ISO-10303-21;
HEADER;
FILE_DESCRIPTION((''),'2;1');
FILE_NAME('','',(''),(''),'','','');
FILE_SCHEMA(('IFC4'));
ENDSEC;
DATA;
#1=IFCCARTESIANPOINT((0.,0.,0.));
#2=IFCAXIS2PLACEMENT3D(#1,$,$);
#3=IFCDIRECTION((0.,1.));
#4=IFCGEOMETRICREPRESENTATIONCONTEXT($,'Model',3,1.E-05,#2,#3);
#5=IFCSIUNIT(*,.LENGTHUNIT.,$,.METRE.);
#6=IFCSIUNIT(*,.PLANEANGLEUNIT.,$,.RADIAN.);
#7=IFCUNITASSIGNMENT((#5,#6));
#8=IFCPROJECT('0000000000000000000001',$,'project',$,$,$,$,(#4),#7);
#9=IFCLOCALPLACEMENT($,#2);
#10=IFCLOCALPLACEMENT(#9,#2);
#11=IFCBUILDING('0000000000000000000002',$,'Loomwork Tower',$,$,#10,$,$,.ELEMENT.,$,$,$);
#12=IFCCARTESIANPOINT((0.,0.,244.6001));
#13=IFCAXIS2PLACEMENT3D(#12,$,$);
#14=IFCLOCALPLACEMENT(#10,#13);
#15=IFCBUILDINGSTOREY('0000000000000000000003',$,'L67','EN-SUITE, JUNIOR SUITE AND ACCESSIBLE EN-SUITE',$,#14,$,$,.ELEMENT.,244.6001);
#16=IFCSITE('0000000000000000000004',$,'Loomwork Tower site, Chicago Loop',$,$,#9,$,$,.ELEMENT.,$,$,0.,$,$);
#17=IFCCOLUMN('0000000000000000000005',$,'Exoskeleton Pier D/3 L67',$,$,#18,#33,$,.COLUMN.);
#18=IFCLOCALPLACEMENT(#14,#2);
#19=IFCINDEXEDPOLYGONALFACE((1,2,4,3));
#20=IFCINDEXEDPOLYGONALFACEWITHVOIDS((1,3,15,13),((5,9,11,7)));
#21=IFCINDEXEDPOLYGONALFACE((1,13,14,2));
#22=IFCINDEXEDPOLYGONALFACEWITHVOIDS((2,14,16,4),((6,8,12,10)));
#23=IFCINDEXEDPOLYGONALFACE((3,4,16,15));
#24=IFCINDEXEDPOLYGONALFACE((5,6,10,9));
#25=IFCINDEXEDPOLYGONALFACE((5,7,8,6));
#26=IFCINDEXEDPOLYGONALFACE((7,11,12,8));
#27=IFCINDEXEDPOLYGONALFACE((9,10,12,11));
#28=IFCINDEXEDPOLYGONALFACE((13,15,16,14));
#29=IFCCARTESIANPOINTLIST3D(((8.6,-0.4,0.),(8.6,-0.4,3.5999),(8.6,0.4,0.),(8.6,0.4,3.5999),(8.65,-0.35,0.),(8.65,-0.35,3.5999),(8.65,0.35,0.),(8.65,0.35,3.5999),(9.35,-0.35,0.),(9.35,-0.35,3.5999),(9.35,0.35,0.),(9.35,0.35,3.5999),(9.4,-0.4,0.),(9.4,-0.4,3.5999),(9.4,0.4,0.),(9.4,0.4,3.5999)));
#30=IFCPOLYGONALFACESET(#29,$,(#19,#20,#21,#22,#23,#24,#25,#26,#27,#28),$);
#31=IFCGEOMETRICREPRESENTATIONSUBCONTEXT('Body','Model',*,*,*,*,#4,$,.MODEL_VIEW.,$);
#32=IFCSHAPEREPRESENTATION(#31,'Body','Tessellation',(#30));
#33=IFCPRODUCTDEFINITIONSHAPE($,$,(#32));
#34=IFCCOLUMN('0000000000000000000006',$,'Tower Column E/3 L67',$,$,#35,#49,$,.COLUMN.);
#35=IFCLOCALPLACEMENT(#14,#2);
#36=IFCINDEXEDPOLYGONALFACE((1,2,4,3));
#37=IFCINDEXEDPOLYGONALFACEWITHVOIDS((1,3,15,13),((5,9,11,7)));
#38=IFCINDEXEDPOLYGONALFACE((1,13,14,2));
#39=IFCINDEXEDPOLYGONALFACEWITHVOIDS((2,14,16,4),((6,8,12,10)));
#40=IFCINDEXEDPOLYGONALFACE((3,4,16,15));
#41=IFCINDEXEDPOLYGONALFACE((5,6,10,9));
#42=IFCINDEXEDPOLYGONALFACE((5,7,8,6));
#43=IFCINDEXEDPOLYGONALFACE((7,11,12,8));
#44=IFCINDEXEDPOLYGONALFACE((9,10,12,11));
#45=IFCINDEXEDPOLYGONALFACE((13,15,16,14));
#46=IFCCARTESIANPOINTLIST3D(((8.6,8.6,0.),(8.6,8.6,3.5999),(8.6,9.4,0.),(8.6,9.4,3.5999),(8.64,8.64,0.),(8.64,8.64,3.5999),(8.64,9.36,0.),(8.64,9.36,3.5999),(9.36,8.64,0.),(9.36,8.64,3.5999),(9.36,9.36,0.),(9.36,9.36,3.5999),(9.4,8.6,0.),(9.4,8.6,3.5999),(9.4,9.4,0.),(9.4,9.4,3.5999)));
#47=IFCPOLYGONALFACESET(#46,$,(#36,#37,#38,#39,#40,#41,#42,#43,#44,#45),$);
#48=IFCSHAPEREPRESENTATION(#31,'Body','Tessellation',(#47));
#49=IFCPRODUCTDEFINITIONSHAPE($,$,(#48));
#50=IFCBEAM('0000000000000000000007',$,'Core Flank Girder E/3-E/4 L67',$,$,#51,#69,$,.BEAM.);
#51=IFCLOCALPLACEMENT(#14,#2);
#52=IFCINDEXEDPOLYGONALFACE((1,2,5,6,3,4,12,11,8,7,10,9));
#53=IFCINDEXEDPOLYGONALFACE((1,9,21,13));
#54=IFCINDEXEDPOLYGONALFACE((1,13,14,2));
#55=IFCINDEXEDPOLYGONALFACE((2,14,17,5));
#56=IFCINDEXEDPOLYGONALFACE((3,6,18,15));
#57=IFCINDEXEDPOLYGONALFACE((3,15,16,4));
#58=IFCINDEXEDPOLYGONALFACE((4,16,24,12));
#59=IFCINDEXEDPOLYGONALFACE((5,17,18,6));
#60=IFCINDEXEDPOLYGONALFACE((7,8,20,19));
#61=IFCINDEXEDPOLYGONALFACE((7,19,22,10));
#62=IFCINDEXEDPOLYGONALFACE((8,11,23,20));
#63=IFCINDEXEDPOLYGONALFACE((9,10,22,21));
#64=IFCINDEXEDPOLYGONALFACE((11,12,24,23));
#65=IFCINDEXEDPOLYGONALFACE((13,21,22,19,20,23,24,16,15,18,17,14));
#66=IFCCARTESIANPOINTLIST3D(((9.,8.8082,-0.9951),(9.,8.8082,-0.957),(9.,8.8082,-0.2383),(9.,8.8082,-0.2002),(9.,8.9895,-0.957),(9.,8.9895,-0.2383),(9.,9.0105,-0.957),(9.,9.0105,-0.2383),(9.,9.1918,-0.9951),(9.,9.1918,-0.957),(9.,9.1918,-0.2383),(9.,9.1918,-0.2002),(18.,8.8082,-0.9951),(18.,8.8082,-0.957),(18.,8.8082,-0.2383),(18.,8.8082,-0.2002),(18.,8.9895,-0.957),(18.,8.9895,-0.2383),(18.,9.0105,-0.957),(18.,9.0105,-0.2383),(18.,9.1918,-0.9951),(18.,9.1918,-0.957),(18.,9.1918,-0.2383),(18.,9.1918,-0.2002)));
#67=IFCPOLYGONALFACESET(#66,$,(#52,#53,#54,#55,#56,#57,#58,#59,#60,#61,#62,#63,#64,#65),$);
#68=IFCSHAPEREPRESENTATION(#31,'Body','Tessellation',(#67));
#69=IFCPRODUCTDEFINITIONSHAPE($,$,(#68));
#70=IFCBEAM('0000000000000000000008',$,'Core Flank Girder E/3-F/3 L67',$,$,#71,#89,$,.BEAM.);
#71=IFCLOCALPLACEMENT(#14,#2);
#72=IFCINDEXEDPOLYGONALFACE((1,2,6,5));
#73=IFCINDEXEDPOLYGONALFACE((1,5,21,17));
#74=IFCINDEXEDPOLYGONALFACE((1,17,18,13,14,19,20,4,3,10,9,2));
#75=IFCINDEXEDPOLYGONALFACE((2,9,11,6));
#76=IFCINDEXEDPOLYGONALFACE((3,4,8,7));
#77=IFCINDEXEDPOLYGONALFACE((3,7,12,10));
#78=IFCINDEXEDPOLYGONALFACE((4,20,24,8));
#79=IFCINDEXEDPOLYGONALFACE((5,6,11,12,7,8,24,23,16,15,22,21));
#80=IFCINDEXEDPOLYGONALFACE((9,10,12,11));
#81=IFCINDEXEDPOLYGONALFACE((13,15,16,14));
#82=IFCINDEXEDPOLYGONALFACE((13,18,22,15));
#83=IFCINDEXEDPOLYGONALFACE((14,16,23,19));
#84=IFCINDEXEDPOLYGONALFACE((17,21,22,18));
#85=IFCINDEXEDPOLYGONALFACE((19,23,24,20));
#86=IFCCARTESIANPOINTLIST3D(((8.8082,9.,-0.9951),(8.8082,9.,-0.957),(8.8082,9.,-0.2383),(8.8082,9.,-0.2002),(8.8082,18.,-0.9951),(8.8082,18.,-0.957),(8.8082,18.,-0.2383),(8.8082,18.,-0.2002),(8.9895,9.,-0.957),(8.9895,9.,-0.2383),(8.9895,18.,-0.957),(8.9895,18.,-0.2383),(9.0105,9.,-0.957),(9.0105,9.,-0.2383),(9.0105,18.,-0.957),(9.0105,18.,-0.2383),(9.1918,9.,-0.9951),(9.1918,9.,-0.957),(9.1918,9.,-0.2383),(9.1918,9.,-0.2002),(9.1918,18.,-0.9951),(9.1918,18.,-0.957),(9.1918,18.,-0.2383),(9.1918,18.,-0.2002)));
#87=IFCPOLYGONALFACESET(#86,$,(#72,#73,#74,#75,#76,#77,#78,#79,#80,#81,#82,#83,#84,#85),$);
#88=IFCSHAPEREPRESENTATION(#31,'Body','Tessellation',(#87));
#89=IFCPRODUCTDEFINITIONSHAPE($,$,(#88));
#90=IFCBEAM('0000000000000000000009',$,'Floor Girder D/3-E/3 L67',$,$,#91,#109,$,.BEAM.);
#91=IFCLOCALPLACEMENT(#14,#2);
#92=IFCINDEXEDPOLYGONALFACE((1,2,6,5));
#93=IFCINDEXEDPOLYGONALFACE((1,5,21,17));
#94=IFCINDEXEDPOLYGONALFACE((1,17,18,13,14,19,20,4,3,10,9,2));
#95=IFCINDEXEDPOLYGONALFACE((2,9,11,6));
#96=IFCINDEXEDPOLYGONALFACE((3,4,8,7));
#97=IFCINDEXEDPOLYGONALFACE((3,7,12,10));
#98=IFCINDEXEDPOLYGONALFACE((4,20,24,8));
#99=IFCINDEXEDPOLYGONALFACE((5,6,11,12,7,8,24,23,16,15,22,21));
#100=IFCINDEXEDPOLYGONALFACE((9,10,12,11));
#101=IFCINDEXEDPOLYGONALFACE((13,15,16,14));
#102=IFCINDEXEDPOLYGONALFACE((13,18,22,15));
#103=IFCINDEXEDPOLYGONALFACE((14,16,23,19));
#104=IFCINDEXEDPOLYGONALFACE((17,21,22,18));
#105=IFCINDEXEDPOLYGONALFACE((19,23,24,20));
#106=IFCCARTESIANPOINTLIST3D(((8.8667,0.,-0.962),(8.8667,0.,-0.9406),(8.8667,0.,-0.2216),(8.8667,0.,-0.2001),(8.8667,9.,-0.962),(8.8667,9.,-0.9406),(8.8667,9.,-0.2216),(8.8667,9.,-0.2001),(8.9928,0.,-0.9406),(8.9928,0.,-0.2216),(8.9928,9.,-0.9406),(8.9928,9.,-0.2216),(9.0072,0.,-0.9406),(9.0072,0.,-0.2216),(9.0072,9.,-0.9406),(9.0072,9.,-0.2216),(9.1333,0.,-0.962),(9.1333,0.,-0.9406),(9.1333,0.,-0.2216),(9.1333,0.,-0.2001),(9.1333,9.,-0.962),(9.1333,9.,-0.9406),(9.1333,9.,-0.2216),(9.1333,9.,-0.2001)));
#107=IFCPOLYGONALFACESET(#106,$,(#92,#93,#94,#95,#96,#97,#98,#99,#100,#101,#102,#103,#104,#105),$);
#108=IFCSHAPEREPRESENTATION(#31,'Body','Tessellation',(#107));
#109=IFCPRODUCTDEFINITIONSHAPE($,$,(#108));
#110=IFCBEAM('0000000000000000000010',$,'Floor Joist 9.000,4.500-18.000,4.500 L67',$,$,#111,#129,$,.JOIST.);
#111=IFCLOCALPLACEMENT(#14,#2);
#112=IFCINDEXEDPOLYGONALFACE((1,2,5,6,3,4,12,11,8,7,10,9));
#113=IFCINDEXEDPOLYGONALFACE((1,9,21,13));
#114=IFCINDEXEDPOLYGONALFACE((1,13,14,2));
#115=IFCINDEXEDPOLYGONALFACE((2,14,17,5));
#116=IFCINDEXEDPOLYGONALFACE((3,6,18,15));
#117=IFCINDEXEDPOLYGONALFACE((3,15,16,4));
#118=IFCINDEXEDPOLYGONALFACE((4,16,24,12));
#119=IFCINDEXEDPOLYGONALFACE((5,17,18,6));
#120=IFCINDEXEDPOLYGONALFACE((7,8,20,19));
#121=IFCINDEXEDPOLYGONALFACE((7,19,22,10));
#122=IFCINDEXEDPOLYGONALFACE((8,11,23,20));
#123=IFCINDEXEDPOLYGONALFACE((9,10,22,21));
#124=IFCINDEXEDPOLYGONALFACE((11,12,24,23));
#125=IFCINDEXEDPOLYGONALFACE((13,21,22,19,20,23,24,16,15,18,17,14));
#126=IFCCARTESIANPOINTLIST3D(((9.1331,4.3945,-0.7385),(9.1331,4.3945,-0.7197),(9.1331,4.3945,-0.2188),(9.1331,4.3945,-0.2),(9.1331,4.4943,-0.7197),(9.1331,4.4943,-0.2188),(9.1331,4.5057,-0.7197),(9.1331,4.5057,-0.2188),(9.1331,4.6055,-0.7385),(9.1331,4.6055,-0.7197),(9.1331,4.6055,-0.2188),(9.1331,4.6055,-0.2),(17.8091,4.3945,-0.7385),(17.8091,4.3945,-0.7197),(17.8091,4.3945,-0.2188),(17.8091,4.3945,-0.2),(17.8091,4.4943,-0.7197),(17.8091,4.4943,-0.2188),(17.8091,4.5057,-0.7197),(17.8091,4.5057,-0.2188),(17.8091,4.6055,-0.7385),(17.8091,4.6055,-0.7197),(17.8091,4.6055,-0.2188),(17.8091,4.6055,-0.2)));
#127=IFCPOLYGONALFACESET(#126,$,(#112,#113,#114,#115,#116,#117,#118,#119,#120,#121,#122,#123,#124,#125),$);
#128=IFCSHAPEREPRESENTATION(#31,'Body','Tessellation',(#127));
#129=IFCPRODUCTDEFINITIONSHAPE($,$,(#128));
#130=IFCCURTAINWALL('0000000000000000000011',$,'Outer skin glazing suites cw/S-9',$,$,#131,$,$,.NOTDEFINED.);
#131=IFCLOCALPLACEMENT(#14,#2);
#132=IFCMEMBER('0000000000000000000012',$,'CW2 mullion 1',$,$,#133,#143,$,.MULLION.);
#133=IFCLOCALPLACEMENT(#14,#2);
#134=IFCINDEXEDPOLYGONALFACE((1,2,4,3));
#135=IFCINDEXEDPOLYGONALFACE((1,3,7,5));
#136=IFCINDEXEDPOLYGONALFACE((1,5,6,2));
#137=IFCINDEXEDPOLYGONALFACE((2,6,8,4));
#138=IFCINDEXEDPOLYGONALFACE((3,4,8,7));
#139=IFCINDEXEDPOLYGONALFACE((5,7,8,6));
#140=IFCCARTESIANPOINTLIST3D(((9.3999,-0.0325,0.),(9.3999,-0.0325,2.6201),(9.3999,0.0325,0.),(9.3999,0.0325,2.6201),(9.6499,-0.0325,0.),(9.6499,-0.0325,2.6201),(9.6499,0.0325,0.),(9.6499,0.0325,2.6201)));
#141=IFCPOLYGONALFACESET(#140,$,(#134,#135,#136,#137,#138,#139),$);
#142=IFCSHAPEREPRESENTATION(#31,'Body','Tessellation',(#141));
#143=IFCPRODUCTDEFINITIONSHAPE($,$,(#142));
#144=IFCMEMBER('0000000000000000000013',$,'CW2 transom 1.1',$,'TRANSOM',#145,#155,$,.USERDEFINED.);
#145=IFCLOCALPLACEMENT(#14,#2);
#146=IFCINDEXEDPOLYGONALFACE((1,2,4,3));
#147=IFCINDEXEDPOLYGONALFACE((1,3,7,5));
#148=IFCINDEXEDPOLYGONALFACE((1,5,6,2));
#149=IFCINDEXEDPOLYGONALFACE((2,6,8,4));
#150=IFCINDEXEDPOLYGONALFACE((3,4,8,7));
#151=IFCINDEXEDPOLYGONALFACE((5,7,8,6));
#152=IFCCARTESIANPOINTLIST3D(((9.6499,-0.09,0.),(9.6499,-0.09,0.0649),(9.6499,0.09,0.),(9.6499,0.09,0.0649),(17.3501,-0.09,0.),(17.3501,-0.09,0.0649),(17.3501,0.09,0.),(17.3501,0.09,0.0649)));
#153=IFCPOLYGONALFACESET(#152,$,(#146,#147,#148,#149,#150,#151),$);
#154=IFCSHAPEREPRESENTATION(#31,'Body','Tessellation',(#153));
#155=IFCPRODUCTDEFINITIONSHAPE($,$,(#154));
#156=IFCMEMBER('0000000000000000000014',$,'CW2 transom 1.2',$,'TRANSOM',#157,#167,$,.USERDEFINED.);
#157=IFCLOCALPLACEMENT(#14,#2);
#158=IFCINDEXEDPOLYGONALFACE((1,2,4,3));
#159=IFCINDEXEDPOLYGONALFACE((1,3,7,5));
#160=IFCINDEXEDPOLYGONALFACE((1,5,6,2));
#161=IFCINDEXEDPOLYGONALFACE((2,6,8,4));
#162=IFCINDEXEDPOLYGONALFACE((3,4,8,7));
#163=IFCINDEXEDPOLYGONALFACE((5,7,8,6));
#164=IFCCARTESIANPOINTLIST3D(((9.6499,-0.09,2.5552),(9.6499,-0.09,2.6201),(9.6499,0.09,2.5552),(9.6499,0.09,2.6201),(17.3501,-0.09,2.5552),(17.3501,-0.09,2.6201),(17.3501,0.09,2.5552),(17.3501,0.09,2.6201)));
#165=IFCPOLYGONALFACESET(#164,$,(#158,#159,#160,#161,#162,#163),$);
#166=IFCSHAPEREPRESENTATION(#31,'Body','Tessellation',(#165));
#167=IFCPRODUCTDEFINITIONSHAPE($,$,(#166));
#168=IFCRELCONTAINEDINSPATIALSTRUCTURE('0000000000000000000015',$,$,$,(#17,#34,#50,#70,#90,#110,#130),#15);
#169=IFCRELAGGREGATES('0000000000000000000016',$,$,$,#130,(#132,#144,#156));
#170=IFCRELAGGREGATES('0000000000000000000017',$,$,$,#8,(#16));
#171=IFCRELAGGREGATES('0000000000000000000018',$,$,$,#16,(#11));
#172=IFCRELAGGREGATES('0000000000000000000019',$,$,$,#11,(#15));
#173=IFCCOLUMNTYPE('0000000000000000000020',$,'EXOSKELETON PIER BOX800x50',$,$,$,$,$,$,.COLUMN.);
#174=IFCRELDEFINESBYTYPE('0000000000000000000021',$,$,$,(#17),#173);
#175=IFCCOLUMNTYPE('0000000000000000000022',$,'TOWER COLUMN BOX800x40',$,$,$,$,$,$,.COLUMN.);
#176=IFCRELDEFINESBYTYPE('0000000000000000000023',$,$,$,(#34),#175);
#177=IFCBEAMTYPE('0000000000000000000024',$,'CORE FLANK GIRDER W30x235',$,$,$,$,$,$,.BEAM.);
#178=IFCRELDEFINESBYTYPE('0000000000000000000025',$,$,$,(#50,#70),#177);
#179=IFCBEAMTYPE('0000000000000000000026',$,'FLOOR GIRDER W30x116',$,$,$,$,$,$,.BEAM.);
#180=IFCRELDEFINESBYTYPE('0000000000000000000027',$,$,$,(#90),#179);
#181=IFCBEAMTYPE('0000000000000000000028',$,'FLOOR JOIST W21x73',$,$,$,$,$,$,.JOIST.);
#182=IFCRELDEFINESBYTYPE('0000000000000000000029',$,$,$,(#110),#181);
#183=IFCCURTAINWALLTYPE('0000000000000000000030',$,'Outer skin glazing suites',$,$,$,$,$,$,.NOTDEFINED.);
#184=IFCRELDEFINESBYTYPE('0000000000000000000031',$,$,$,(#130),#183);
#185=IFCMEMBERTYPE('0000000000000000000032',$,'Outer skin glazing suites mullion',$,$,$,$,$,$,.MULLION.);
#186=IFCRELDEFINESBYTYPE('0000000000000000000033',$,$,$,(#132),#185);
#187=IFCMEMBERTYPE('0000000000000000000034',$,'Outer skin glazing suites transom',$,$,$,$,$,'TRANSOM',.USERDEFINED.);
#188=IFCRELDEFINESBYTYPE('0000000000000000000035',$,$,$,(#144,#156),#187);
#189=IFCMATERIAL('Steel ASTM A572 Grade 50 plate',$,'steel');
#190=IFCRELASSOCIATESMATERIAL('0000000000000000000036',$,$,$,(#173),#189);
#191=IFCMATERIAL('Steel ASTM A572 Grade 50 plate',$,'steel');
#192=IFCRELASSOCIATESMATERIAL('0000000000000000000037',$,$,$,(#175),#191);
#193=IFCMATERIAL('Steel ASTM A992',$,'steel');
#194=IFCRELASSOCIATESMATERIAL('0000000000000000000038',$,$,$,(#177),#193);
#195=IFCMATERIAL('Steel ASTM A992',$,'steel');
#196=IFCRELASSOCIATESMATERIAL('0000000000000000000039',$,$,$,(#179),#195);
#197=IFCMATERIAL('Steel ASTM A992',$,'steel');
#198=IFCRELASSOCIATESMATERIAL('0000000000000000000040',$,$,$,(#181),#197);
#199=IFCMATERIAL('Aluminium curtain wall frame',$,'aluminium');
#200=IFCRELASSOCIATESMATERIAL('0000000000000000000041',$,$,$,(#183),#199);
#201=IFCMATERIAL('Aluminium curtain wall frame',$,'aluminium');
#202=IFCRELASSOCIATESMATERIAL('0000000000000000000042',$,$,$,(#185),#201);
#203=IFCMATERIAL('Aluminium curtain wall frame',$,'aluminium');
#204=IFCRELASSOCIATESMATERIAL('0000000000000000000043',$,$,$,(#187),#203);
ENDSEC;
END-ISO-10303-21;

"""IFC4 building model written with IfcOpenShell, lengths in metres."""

from ifc_helpers import new_model, si_unit, direction, frame, origin, origin_2d, place, context, subcontext, project, spatial, rectangle, hollow_rectangle, i_section, extrude, material, material_profile, profile_set, type_object, element, aggregate, save


model = new_model("IFC4")

# Units and contexts
model_context = context("Model", 3, precision=1e-05, world=origin(), true_north=direction((0.0, 1.0)))
body_context = subcontext(model_context, "Body", "Model", "MODEL_VIEW")
ifc_project = project(units=[si_unit("LENGTHUNIT", "METRE"), si_unit("PLANEANGLEUNIT", "RADIAN")], contexts=[model_context])

# Site, building, storey
site_placement = place(None, origin())
site = spatial("IfcSite", under=ifc_project, at=site_placement, Name="Loomwork Tower site, Chicago Loop", CompositionType="ELEMENT", RefElevation=0.0)
building_placement = place(site_placement, origin())
building = spatial("IfcBuilding", under=site, at=building_placement, Name="Loomwork Tower", CompositionType="ELEMENT")
storey_placement = place(building_placement, frame((0.0, 0.0, 244.6001)))
storey = spatial("IfcBuildingStorey", under=building, at=storey_placement, Name="L67", Description="EN-SUITE, JUNIOR SUITE AND ACCESSIBLE EN-SUITE", CompositionType="ELEMENT", Elevation=244.6001)

# Columns
ifc_material_1 = material(Name="Steel ASTM A572 Grade 50 plate", Category="steel")
ifc_material_profile_1 = material_profile(ifc_material_1, hollow_rectangle(XDim=0.8, YDim=0.8, WallThickness=0.05, at=origin_2d()), Name="BOX800x50")
ifc_profile_set_1 = profile_set([ifc_material_profile_1], Name="Steel ASTM A572 Grade 50 plate")
column_type_1 = type_object("IfcColumnType", Name="EXOSKELETON PIER BOX800x50", PredefinedType="COLUMN", material=ifc_profile_set_1)
column_1_placement = place(storey_placement, frame((9.0, 0.0, 0.0), z_axis=(0.0, 0.0, 1.0), x_axis=(1.0, 0.0, 0.0)))
element("IfcColumn", 1, at=column_1_placement, inside=storey, type_object=column_type_1, Name="Exoskeleton Pier D/3 L67", PredefinedType="COLUMN", context=body_context, shape_type="SweptSolid", body=[
    extrude(hollow_rectangle(XDim=0.8, YDim=0.8, WallThickness=0.05, at=origin_2d()), origin(), (0.0, 0.0, 1.0), 3.5999),
])
ifc_material_2 = material(Name="Steel ASTM A572 Grade 50 plate", Category="steel")
ifc_material_profile_2 = material_profile(ifc_material_2, hollow_rectangle(XDim=0.8, YDim=0.8, WallThickness=0.04, at=origin_2d()), Name="BOX800x40")
ifc_profile_set_2 = profile_set([ifc_material_profile_2], Name="Steel ASTM A572 Grade 50 plate")
column_type_2 = type_object("IfcColumnType", Name="TOWER COLUMN BOX800x40", PredefinedType="COLUMN", material=ifc_profile_set_2)
column_2_placement = place(storey_placement, frame((9.0, 9.0, 0.0), z_axis=(0.0, 0.0, 1.0), x_axis=(1.0, 0.0, 0.0)))
element("IfcColumn", 2, at=column_2_placement, inside=storey, type_object=column_type_2, Name="Tower Column E/3 L67", PredefinedType="COLUMN", context=body_context, shape_type="SweptSolid", body=[
    extrude(hollow_rectangle(XDim=0.8, YDim=0.8, WallThickness=0.04, at=origin_2d()), origin(), (0.0, 0.0, 1.0), 3.5999),
])

# Beams
ifc_material_3 = material(Name="Steel ASTM A992", Category="steel")
ifc_material_profile_3 = material_profile(ifc_material_3, i_section(OverallWidth=0.3835, OverallDepth=0.7949, WebThickness=0.021, FlangeThickness=0.0381, at=origin_2d()), Name="W30x235")
ifc_profile_set_3 = profile_set([ifc_material_profile_3], Name="Steel ASTM A992")
beam_type_1 = type_object("IfcBeamType", Name="CORE FLANK GIRDER W30x235", PredefinedType="BEAM", material=ifc_profile_set_3)
for number, where, z_axis, x_axis, name in (
    (3, (9.0, 9.0, -0.5977), (1.0, 0.0, 0.0), (0.0, 1.0, 0.0), "Core Flank Girder E/3-E/4 L67"),
    (4, (9.0, 9.0, -0.5977), (0.0, 1.0, 0.0), (-1.0, 0.0, 0.0), "Core Flank Girder E/3-F/3 L67"),
):
    element("IfcBeam", number, at=place(storey_placement, frame(where, z_axis=z_axis, x_axis=x_axis)), inside=storey, type_object=beam_type_1, Name=name, PredefinedType="BEAM", context=body_context, shape_type="SweptSolid", body=[
        extrude(i_section(OverallWidth=0.3835, OverallDepth=0.7949, WebThickness=0.021, FlangeThickness=0.0381, at=origin_2d()), origin(), (0.0, 0.0, 1.0), 9.0),
    ])
ifc_material_4 = material(Name="Steel ASTM A992", Category="steel")
ifc_material_profile_4 = material_profile(ifc_material_4, i_section(OverallWidth=0.2666, OverallDepth=0.762, WebThickness=0.0144, FlangeThickness=0.0215, at=origin_2d()), Name="W30x116")
ifc_profile_set_4 = profile_set([ifc_material_profile_4], Name="Steel ASTM A992")
beam_type_2 = type_object("IfcBeamType", Name="FLOOR GIRDER W30x116", PredefinedType="BEAM", material=ifc_profile_set_4)
beam_1_placement = place(storey_placement, frame((9.0, 0.0, -0.5811), z_axis=(0.0, 1.0, 0.0), x_axis=(-1.0, 0.0, 0.0)))
element("IfcBeam", 5, at=beam_1_placement, inside=storey, type_object=beam_type_2, Name="Floor Girder D/3-E/3 L67", PredefinedType="BEAM", context=body_context, shape_type="SweptSolid", body=[
    extrude(i_section(OverallWidth=0.2666, OverallDepth=0.762, WebThickness=0.0144, FlangeThickness=0.0215, at=origin_2d()), origin(), (0.0, 0.0, 1.0), 9.0),
])
ifc_material_5 = material(Name="Steel ASTM A992", Category="steel")
ifc_material_profile_5 = material_profile(ifc_material_5, i_section(OverallWidth=0.2109, OverallDepth=0.5386, WebThickness=0.0115, FlangeThickness=0.0188, at=origin_2d()), Name="W21x73")
ifc_profile_set_5 = profile_set([ifc_material_profile_5], Name="Steel ASTM A992")
beam_type_3 = type_object("IfcBeamType", Name="FLOOR JOIST W21x73", PredefinedType="JOIST", material=ifc_profile_set_5)
beam_2_placement = place(storey_placement, frame((9.1331, 4.5, -0.4692), z_axis=(1.0, 0.0, 0.0), x_axis=(0.0, 1.0, 0.0)))
element("IfcBeam", 6, at=beam_2_placement, inside=storey, type_object=beam_type_3, Name="Floor Joist 9.000,4.500-18.000,4.500 L67", PredefinedType="JOIST", context=body_context, shape_type="SweptSolid", body=[
    extrude(i_section(OverallWidth=0.2109, OverallDepth=0.5386, WebThickness=0.0115, FlangeThickness=0.0188, at=origin_2d()), origin(), (0.0, 0.0, 1.0), 8.676),
])

# Curtain wall, members
ifc_material_6 = material(Name="Aluminium curtain wall frame", Category="aluminium")
curtain_wall_type = type_object("IfcCurtainWallType", Name="Outer skin glazing suites", PredefinedType="NOTDEFINED", material=ifc_material_6)
curtain_wall_placement = place(storey_placement, origin())
curtain_wall = element("IfcCurtainWall", 7, at=curtain_wall_placement, inside=storey, type_object=curtain_wall_type, Name="Outer skin glazing suites cw/S-9", PredefinedType="NOTDEFINED")
ifc_material_7 = material(Name="Aluminium curtain wall frame", Category="aluminium")
ifc_material_profile_6 = material_profile(ifc_material_7, rectangle(XDim=0.0649, YDim=0.25, at=origin_2d()), Name="AL 65x250")
ifc_profile_set_6 = profile_set([ifc_material_profile_6], Name="Aluminium curtain wall frame")
member_type_1 = type_object("IfcMemberType", Name="Outer skin glazing suites mullion", PredefinedType="MULLION", material=ifc_profile_set_6)
member_1_placement = place(storey_placement, frame((9.5249, 0.0, 0.0), z_axis=(0.0, 0.0, 1.0), x_axis=(0.0, 1.0, 0.0)))
member_1 = element("IfcMember", 8, at=member_1_placement, type_object=member_type_1, Name="CW2 mullion 1", PredefinedType="MULLION", context=body_context, shape_type="SweptSolid", body=[
    extrude(rectangle(XDim=0.0649, YDim=0.25, at=origin_2d()), origin(), (0.0, 0.0, 1.0), 2.6201),
])
ifc_material_8 = material(Name="Aluminium curtain wall frame", Category="aluminium")
ifc_material_profile_7 = material_profile(ifc_material_8, rectangle(XDim=0.1799, YDim=0.0649, at=origin_2d()), Name="AL 65x180")
ifc_profile_set_7 = profile_set([ifc_material_profile_7], Name="Aluminium curtain wall frame")
member_type_2 = type_object("IfcMemberType", Name="Outer skin glazing suites transom", ElementType="TRANSOM", PredefinedType="USERDEFINED", material=ifc_profile_set_7)
member_2_placement = place(storey_placement, frame((9.6499, 0.0, 0.0325), z_axis=(1.0, 0.0, 0.0), x_axis=(0.0, 1.0, 0.0)))
member_2 = element("IfcMember", 9, at=member_2_placement, type_object=member_type_2, Name="CW2 transom 1.1", ObjectType="TRANSOM", PredefinedType="USERDEFINED", context=body_context, shape_type="SweptSolid", body=[
    extrude(rectangle(XDim=0.1799, YDim=0.0649, at=origin_2d()), origin(), (0.0, 0.0, 1.0), 7.7002),
])
member_3_placement = place(storey_placement, frame((9.6499, 0.0, 2.5876), z_axis=(1.0, 0.0, 0.0), x_axis=(0.0, 1.0, 0.0)))
member_3 = element("IfcMember", 10, at=member_3_placement, type_object=member_type_2, Name="CW2 transom 1.2", ObjectType="TRANSOM", PredefinedType="USERDEFINED", context=body_context, shape_type="SweptSolid", body=[
    extrude(rectangle(XDim=0.1799, YDim=0.0649, at=origin_2d()), origin(), (0.0, 0.0, 1.0), 7.7002),
])

aggregate(curtain_wall, [member_1, member_2, member_3])

save(model, "model.ifc")
